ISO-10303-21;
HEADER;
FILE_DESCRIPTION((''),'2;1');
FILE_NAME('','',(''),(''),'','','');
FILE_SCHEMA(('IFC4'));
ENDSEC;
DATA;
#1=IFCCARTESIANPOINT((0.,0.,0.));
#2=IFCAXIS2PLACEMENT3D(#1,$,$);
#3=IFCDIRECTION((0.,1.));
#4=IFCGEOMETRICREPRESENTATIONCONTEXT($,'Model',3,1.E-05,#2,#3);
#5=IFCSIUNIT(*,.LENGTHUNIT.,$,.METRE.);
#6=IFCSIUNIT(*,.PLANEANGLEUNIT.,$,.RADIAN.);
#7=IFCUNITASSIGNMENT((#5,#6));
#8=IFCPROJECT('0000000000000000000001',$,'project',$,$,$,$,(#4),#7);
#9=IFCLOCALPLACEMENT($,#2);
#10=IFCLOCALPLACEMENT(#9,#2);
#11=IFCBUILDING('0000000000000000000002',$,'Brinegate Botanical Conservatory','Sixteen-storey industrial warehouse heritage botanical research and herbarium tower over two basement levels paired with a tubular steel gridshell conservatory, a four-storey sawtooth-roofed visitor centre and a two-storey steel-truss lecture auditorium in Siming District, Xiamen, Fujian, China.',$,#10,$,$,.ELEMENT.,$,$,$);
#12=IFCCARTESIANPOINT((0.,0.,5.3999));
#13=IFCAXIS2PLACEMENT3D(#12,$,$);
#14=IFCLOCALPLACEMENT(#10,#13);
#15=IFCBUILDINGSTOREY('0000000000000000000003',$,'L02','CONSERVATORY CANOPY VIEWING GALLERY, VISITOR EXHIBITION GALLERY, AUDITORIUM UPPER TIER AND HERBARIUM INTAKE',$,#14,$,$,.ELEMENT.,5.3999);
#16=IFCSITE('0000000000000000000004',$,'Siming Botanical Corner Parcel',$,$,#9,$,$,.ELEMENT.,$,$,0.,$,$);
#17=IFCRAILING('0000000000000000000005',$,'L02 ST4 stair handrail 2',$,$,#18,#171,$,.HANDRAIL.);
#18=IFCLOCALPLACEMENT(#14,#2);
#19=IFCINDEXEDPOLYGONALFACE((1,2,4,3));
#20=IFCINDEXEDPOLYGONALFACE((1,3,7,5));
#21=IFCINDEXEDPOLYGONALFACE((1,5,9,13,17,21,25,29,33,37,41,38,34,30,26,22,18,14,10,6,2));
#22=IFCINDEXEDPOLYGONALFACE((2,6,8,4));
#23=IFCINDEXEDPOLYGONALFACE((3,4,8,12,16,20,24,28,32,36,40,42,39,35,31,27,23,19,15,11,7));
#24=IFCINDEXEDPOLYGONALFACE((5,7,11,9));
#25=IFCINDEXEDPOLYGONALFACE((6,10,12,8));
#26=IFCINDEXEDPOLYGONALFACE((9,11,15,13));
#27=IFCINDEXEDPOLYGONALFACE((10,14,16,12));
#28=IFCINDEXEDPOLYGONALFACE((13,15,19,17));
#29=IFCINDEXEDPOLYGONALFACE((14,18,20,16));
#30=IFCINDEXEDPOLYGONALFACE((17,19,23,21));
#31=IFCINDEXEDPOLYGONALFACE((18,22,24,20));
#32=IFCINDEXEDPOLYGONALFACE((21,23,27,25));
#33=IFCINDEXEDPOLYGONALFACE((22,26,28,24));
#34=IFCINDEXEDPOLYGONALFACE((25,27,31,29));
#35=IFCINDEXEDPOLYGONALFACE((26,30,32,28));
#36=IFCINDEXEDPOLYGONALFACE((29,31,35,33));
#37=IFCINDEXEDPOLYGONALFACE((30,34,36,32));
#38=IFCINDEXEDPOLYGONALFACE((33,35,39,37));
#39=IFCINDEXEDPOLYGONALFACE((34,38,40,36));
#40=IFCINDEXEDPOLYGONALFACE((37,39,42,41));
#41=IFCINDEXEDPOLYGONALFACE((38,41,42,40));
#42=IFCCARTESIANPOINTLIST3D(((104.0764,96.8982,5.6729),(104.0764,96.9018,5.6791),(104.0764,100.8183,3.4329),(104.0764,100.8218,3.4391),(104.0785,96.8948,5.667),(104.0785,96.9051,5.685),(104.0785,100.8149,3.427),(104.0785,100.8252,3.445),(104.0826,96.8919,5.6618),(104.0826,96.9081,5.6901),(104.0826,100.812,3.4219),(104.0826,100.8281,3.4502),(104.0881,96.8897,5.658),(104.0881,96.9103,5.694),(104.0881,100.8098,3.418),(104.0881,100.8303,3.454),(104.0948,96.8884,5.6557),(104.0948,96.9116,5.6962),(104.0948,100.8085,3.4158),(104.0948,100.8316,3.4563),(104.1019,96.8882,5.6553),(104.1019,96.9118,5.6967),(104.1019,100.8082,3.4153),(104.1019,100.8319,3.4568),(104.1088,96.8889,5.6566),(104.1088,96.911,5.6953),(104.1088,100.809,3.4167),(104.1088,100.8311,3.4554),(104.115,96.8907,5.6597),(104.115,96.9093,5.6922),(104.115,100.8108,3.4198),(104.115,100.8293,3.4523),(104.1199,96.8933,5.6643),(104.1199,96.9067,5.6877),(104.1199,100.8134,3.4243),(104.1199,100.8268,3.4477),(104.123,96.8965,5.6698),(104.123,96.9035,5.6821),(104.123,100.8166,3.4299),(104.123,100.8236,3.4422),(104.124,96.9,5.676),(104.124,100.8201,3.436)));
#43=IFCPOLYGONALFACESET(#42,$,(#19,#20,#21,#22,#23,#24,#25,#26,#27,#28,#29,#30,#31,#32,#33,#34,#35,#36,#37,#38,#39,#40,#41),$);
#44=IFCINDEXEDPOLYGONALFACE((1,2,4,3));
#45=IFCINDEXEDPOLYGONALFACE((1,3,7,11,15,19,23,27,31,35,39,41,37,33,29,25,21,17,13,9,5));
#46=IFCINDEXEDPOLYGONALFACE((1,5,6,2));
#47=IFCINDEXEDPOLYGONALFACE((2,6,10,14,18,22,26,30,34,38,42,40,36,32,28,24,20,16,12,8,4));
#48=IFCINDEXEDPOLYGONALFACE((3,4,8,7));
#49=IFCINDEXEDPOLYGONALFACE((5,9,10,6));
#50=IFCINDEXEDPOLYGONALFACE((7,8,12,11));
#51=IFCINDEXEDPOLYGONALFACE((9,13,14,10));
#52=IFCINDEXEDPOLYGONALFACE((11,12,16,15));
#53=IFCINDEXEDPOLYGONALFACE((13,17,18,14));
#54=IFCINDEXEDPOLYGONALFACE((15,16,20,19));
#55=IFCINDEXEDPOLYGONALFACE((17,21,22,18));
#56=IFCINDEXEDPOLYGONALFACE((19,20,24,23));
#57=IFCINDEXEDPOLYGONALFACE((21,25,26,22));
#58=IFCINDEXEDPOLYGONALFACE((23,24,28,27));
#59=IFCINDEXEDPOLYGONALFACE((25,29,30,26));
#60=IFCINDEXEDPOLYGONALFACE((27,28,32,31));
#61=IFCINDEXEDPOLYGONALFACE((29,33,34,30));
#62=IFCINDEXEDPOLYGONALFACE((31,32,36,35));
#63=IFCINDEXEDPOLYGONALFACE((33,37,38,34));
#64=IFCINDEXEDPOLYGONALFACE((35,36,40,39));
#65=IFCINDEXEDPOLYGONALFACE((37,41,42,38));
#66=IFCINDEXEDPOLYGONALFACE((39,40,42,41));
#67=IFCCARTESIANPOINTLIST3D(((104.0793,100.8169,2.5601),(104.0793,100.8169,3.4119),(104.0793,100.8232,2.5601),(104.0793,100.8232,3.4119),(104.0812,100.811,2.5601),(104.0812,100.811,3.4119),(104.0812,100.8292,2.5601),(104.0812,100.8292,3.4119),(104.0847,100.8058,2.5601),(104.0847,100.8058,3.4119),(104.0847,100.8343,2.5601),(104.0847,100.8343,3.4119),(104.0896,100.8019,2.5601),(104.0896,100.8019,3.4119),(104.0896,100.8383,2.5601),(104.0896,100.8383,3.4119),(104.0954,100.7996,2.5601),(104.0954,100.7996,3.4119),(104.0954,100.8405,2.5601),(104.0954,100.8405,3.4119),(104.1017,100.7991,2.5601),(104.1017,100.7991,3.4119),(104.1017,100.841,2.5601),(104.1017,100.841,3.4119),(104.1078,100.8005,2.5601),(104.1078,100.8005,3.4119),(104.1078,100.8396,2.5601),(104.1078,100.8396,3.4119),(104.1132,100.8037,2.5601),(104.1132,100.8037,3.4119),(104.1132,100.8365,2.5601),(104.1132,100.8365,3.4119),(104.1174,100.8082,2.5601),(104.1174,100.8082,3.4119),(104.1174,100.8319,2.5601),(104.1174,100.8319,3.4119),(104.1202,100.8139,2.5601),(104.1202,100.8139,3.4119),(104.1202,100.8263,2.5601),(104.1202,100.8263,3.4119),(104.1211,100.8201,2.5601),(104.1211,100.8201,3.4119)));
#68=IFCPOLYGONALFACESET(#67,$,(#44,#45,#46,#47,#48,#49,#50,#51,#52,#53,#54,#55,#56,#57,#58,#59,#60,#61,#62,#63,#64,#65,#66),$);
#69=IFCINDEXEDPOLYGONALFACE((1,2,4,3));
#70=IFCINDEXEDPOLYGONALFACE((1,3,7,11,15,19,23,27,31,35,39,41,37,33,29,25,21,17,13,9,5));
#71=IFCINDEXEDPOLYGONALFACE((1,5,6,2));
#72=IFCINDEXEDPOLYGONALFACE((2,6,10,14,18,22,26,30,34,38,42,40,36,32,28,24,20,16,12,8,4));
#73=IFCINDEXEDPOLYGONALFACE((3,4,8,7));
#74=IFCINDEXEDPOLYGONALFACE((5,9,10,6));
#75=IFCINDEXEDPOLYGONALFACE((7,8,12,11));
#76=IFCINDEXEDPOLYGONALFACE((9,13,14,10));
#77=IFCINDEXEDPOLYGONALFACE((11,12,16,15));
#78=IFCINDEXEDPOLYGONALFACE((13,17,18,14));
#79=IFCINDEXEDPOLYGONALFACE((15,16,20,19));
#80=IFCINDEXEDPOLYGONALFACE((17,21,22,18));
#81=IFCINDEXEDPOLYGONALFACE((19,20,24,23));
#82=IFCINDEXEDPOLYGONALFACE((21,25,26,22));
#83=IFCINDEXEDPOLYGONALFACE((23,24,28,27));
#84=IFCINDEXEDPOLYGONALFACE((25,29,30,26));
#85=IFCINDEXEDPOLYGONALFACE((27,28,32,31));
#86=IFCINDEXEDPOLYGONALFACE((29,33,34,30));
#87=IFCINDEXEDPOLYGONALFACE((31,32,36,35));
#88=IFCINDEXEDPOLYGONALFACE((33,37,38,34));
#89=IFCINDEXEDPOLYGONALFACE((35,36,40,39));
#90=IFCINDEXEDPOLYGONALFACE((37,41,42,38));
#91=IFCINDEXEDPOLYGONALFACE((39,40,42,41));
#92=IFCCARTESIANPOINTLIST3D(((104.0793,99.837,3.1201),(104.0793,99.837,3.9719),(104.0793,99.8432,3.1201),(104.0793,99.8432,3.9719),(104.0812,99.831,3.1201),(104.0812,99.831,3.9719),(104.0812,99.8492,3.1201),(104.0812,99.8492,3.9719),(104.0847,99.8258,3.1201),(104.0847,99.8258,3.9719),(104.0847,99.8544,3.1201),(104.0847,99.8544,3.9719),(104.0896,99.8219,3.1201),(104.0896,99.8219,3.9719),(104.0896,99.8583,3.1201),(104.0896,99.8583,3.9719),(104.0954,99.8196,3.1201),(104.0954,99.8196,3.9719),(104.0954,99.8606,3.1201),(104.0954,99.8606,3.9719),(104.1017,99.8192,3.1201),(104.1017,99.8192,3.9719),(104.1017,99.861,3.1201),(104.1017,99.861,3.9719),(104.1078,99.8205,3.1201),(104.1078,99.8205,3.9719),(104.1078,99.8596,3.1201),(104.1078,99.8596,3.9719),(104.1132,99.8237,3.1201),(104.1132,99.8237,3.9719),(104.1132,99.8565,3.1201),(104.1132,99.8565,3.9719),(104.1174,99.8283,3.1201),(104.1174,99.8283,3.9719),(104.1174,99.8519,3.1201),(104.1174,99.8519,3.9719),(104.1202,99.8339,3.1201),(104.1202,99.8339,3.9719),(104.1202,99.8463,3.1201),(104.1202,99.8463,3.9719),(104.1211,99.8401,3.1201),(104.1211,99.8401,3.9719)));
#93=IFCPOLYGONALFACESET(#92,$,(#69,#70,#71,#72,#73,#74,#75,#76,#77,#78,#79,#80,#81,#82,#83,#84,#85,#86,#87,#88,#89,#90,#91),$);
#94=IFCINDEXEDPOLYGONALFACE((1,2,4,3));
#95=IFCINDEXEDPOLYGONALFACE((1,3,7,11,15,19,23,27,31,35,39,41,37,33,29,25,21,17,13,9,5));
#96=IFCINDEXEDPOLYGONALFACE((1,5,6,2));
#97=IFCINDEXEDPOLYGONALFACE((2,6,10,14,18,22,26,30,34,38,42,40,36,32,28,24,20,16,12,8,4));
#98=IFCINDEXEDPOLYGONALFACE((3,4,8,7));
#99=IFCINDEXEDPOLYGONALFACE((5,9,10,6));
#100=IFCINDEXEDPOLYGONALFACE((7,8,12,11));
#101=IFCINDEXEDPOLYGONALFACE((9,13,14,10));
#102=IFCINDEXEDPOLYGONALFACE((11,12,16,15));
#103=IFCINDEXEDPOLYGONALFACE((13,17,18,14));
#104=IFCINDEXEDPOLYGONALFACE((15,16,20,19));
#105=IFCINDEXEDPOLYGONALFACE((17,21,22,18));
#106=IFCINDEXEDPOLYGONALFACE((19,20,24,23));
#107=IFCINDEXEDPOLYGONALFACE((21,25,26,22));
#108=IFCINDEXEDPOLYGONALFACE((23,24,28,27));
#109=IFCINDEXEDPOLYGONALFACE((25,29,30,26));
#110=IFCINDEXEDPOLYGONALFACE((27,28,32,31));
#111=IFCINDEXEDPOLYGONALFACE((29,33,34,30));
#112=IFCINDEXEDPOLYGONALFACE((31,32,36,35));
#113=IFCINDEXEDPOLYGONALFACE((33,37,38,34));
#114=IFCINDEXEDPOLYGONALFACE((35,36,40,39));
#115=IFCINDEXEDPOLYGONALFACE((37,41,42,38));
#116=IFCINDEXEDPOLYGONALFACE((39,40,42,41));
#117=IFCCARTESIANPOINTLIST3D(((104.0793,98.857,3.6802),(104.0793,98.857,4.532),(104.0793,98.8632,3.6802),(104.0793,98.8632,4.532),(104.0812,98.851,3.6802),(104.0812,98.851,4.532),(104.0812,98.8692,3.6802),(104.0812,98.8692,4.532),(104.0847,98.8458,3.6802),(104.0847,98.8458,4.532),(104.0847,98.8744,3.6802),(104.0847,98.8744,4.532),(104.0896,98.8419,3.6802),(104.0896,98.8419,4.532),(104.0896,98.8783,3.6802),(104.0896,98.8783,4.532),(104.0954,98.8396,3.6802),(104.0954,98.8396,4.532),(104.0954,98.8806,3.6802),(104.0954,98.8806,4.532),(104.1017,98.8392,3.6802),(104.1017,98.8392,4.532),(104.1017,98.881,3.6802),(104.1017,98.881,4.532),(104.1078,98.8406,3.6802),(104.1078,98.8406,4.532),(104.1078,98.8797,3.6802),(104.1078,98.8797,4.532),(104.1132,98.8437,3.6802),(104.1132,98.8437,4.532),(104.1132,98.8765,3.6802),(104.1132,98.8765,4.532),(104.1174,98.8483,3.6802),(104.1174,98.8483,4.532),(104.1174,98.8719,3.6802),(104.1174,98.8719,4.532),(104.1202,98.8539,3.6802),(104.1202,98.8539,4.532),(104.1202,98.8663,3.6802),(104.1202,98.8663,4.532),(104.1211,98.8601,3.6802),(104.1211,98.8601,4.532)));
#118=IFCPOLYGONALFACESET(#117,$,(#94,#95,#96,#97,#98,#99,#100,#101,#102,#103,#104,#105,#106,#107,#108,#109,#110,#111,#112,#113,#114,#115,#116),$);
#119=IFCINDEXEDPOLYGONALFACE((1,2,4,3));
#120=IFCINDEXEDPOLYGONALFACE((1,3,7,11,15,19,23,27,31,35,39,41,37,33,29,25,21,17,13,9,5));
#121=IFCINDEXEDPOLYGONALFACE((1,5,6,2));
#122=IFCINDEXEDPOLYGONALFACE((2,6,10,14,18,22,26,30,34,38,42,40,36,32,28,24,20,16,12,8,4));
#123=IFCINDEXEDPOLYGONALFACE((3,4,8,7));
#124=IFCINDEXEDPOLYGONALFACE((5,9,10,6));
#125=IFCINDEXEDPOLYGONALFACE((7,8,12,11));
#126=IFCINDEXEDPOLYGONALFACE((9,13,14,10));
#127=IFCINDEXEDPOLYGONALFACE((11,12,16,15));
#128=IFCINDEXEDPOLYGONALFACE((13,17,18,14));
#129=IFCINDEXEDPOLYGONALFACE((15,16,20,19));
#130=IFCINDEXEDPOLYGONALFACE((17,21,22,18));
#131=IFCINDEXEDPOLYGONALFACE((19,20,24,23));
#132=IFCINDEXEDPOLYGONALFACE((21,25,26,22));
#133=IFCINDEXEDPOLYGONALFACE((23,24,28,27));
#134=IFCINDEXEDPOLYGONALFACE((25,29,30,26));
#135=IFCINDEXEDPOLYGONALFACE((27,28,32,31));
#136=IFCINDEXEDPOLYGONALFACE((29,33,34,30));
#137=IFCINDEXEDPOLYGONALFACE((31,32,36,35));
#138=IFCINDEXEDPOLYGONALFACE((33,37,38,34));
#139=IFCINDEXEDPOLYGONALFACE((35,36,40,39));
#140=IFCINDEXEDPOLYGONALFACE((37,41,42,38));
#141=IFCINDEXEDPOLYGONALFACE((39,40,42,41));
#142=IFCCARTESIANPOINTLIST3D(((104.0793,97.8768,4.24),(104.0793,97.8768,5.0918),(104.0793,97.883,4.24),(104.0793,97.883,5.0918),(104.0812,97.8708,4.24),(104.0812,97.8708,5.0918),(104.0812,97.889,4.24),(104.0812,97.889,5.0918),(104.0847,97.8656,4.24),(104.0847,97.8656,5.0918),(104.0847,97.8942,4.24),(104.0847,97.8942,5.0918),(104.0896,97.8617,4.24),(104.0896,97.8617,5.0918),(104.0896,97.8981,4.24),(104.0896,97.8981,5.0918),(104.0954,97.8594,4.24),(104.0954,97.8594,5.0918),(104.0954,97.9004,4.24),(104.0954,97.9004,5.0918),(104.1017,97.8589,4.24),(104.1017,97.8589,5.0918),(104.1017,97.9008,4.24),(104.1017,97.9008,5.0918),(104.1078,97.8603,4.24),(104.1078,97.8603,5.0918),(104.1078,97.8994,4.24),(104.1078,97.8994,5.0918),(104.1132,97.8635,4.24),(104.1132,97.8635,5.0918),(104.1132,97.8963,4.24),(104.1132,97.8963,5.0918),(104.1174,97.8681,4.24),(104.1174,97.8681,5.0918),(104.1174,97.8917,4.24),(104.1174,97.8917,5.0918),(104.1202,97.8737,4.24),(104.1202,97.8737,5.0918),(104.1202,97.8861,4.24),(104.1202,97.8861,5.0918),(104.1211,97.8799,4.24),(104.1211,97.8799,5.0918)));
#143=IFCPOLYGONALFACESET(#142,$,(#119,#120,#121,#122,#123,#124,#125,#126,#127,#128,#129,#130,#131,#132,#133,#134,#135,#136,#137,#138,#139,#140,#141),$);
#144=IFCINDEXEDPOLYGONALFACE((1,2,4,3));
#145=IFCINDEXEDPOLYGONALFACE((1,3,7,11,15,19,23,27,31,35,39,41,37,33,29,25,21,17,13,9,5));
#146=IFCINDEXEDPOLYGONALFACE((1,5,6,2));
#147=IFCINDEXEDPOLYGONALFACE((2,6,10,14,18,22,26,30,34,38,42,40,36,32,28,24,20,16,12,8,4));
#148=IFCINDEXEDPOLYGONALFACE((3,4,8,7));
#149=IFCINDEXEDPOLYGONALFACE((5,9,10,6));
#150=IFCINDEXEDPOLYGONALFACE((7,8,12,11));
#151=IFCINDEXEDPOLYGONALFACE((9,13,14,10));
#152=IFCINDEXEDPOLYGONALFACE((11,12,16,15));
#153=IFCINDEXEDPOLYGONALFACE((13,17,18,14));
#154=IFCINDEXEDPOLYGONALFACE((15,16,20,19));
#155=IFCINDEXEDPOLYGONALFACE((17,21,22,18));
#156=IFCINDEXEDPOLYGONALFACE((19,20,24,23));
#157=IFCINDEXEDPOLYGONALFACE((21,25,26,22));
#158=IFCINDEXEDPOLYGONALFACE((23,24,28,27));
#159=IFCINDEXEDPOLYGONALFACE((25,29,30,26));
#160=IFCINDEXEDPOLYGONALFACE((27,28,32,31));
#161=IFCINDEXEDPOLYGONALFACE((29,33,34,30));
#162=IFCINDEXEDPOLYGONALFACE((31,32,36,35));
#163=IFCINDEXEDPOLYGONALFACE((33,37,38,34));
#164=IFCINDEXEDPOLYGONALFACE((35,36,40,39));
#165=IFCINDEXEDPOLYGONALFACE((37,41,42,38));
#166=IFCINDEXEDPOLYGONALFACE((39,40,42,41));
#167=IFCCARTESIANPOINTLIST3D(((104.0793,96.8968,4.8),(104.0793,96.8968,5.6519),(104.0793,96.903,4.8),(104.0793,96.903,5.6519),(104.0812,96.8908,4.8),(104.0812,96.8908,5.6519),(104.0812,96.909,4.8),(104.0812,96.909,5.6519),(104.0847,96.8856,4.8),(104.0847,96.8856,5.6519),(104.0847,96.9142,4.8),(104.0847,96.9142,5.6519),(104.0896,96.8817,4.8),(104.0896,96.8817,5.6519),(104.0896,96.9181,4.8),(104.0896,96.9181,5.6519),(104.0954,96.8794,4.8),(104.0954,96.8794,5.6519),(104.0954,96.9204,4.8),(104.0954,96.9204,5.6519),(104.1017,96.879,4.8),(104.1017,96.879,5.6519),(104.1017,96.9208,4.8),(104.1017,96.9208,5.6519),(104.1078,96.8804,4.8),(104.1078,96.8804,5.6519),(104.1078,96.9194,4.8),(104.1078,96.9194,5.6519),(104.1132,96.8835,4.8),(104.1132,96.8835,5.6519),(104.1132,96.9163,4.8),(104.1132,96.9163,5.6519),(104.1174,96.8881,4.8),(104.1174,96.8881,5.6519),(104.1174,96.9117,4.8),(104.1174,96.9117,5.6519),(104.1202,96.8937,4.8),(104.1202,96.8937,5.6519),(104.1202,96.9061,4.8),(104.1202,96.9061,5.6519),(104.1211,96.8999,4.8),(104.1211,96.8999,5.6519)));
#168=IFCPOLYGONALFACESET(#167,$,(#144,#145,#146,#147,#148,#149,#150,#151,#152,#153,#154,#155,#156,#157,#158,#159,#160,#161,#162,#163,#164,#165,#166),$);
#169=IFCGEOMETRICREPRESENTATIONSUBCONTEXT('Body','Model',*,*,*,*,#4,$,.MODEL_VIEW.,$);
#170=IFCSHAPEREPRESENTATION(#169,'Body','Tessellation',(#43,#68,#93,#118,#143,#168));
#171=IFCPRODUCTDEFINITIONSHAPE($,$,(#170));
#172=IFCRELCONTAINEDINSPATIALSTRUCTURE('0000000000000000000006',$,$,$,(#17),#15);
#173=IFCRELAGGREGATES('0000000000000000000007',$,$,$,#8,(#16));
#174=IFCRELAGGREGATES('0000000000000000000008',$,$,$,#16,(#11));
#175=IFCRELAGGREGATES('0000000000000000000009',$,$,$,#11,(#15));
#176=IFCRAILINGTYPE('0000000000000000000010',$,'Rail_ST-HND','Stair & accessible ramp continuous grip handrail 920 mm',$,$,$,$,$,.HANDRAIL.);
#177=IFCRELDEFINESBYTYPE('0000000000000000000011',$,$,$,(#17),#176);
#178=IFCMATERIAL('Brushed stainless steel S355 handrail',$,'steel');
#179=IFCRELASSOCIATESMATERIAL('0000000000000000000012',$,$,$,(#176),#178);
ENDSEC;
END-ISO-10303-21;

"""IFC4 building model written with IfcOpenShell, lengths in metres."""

from ifc_helpers import new_model, si_unit, direction, frame, origin, origin_2d, place, context, subcontext, project, spatial, circle, extrude, material, type_object, element, save


model = new_model("IFC4")

# Units and contexts
model_context = context("Model", 3, precision=1e-05, world=origin(), true_north=direction((0.0, 1.0)))
body_context = subcontext(model_context, "Body", "Model", "MODEL_VIEW")
ifc_project = project(units=[si_unit("LENGTHUNIT", "METRE"), si_unit("PLANEANGLEUNIT", "RADIAN")], contexts=[model_context])

# Site, building, storey
site_placement = place(None, origin())
site = spatial("IfcSite", under=ifc_project, at=site_placement, Name="Siming Botanical Corner Parcel", CompositionType="ELEMENT", RefElevation=0.0)
building_placement = place(site_placement, origin())
building = spatial("IfcBuilding", under=site, at=building_placement, Name="Brinegate Botanical Conservatory", Description="Sixteen-storey industrial warehouse heritage botanical research and herbarium tower over two basement levels paired with a tubular steel gridshell conservatory, a four-storey sawtooth-roofed visitor centre and a two-storey steel-truss lecture auditorium in Siming District, Xiamen, Fujian, China.", CompositionType="ELEMENT")
storey_placement = place(building_placement, frame((0.0, 0.0, 5.3999)))
storey = spatial("IfcBuildingStorey", under=building, at=storey_placement, Name="L02", Description="CONSERVATORY CANOPY VIEWING GALLERY, VISITOR EXHIBITION GALLERY, AUDITORIUM UPPER TIER AND HERBARIUM INTAKE", CompositionType="ELEMENT", Elevation=5.3999)

# Railing
ifc_material_1 = material(Name="Brushed stainless steel S355 handrail", Category="steel")
railing_type_1 = type_object("IfcRailingType", Name="Rail_ST-HND", Description="Stair & accessible ramp continuous grip handrail 920 mm", PredefinedType="HANDRAIL", material=ifc_material_1)
railing_1_placement = place(storey_placement, frame((104.1001, 100.8201, 2.5601)))
element("IfcRailing", 1, at=railing_1_placement, inside=storey, type_object=railing_type_1, Name="L02 ST4 stair handrail 2", PredefinedType="HANDRAIL", context=body_context, shape_type="SweptSolid", body=[
    extrude(circle(Radius=0.0239, at=origin_2d()), frame((0.0, 0.0, 0.876), z_axis=(0.0, -0.868253, 0.496121), x_axis=(1.0, 0.0, 0.0)), (0.0, 0.0, 1.0), 4.5149),
    extrude(circle(Radius=0.021, at=origin_2d()), origin(), (0.0, 0.0, 1.0), 0.8518),
    extrude(circle(Radius=0.021, at=origin_2d()), frame((0.0, -0.98, 0.5601)), (0.0, 0.0, 1.0), 0.8518),
    extrude(circle(Radius=0.021, at=origin_2d()), frame((0.0, -1.96, 1.1201)), (0.0, 0.0, 1.0), 0.8518),
    extrude(circle(Radius=0.021, at=origin_2d()), frame((0.0, -2.9402, 1.6799)), (0.0, 0.0, 1.0), 0.8518),
    extrude(circle(Radius=0.021, at=origin_2d()), frame((0.0, -3.9202, 2.24)), (0.0, 0.0, 1.0), 0.8518),
])

save(model, "model.ifc")
